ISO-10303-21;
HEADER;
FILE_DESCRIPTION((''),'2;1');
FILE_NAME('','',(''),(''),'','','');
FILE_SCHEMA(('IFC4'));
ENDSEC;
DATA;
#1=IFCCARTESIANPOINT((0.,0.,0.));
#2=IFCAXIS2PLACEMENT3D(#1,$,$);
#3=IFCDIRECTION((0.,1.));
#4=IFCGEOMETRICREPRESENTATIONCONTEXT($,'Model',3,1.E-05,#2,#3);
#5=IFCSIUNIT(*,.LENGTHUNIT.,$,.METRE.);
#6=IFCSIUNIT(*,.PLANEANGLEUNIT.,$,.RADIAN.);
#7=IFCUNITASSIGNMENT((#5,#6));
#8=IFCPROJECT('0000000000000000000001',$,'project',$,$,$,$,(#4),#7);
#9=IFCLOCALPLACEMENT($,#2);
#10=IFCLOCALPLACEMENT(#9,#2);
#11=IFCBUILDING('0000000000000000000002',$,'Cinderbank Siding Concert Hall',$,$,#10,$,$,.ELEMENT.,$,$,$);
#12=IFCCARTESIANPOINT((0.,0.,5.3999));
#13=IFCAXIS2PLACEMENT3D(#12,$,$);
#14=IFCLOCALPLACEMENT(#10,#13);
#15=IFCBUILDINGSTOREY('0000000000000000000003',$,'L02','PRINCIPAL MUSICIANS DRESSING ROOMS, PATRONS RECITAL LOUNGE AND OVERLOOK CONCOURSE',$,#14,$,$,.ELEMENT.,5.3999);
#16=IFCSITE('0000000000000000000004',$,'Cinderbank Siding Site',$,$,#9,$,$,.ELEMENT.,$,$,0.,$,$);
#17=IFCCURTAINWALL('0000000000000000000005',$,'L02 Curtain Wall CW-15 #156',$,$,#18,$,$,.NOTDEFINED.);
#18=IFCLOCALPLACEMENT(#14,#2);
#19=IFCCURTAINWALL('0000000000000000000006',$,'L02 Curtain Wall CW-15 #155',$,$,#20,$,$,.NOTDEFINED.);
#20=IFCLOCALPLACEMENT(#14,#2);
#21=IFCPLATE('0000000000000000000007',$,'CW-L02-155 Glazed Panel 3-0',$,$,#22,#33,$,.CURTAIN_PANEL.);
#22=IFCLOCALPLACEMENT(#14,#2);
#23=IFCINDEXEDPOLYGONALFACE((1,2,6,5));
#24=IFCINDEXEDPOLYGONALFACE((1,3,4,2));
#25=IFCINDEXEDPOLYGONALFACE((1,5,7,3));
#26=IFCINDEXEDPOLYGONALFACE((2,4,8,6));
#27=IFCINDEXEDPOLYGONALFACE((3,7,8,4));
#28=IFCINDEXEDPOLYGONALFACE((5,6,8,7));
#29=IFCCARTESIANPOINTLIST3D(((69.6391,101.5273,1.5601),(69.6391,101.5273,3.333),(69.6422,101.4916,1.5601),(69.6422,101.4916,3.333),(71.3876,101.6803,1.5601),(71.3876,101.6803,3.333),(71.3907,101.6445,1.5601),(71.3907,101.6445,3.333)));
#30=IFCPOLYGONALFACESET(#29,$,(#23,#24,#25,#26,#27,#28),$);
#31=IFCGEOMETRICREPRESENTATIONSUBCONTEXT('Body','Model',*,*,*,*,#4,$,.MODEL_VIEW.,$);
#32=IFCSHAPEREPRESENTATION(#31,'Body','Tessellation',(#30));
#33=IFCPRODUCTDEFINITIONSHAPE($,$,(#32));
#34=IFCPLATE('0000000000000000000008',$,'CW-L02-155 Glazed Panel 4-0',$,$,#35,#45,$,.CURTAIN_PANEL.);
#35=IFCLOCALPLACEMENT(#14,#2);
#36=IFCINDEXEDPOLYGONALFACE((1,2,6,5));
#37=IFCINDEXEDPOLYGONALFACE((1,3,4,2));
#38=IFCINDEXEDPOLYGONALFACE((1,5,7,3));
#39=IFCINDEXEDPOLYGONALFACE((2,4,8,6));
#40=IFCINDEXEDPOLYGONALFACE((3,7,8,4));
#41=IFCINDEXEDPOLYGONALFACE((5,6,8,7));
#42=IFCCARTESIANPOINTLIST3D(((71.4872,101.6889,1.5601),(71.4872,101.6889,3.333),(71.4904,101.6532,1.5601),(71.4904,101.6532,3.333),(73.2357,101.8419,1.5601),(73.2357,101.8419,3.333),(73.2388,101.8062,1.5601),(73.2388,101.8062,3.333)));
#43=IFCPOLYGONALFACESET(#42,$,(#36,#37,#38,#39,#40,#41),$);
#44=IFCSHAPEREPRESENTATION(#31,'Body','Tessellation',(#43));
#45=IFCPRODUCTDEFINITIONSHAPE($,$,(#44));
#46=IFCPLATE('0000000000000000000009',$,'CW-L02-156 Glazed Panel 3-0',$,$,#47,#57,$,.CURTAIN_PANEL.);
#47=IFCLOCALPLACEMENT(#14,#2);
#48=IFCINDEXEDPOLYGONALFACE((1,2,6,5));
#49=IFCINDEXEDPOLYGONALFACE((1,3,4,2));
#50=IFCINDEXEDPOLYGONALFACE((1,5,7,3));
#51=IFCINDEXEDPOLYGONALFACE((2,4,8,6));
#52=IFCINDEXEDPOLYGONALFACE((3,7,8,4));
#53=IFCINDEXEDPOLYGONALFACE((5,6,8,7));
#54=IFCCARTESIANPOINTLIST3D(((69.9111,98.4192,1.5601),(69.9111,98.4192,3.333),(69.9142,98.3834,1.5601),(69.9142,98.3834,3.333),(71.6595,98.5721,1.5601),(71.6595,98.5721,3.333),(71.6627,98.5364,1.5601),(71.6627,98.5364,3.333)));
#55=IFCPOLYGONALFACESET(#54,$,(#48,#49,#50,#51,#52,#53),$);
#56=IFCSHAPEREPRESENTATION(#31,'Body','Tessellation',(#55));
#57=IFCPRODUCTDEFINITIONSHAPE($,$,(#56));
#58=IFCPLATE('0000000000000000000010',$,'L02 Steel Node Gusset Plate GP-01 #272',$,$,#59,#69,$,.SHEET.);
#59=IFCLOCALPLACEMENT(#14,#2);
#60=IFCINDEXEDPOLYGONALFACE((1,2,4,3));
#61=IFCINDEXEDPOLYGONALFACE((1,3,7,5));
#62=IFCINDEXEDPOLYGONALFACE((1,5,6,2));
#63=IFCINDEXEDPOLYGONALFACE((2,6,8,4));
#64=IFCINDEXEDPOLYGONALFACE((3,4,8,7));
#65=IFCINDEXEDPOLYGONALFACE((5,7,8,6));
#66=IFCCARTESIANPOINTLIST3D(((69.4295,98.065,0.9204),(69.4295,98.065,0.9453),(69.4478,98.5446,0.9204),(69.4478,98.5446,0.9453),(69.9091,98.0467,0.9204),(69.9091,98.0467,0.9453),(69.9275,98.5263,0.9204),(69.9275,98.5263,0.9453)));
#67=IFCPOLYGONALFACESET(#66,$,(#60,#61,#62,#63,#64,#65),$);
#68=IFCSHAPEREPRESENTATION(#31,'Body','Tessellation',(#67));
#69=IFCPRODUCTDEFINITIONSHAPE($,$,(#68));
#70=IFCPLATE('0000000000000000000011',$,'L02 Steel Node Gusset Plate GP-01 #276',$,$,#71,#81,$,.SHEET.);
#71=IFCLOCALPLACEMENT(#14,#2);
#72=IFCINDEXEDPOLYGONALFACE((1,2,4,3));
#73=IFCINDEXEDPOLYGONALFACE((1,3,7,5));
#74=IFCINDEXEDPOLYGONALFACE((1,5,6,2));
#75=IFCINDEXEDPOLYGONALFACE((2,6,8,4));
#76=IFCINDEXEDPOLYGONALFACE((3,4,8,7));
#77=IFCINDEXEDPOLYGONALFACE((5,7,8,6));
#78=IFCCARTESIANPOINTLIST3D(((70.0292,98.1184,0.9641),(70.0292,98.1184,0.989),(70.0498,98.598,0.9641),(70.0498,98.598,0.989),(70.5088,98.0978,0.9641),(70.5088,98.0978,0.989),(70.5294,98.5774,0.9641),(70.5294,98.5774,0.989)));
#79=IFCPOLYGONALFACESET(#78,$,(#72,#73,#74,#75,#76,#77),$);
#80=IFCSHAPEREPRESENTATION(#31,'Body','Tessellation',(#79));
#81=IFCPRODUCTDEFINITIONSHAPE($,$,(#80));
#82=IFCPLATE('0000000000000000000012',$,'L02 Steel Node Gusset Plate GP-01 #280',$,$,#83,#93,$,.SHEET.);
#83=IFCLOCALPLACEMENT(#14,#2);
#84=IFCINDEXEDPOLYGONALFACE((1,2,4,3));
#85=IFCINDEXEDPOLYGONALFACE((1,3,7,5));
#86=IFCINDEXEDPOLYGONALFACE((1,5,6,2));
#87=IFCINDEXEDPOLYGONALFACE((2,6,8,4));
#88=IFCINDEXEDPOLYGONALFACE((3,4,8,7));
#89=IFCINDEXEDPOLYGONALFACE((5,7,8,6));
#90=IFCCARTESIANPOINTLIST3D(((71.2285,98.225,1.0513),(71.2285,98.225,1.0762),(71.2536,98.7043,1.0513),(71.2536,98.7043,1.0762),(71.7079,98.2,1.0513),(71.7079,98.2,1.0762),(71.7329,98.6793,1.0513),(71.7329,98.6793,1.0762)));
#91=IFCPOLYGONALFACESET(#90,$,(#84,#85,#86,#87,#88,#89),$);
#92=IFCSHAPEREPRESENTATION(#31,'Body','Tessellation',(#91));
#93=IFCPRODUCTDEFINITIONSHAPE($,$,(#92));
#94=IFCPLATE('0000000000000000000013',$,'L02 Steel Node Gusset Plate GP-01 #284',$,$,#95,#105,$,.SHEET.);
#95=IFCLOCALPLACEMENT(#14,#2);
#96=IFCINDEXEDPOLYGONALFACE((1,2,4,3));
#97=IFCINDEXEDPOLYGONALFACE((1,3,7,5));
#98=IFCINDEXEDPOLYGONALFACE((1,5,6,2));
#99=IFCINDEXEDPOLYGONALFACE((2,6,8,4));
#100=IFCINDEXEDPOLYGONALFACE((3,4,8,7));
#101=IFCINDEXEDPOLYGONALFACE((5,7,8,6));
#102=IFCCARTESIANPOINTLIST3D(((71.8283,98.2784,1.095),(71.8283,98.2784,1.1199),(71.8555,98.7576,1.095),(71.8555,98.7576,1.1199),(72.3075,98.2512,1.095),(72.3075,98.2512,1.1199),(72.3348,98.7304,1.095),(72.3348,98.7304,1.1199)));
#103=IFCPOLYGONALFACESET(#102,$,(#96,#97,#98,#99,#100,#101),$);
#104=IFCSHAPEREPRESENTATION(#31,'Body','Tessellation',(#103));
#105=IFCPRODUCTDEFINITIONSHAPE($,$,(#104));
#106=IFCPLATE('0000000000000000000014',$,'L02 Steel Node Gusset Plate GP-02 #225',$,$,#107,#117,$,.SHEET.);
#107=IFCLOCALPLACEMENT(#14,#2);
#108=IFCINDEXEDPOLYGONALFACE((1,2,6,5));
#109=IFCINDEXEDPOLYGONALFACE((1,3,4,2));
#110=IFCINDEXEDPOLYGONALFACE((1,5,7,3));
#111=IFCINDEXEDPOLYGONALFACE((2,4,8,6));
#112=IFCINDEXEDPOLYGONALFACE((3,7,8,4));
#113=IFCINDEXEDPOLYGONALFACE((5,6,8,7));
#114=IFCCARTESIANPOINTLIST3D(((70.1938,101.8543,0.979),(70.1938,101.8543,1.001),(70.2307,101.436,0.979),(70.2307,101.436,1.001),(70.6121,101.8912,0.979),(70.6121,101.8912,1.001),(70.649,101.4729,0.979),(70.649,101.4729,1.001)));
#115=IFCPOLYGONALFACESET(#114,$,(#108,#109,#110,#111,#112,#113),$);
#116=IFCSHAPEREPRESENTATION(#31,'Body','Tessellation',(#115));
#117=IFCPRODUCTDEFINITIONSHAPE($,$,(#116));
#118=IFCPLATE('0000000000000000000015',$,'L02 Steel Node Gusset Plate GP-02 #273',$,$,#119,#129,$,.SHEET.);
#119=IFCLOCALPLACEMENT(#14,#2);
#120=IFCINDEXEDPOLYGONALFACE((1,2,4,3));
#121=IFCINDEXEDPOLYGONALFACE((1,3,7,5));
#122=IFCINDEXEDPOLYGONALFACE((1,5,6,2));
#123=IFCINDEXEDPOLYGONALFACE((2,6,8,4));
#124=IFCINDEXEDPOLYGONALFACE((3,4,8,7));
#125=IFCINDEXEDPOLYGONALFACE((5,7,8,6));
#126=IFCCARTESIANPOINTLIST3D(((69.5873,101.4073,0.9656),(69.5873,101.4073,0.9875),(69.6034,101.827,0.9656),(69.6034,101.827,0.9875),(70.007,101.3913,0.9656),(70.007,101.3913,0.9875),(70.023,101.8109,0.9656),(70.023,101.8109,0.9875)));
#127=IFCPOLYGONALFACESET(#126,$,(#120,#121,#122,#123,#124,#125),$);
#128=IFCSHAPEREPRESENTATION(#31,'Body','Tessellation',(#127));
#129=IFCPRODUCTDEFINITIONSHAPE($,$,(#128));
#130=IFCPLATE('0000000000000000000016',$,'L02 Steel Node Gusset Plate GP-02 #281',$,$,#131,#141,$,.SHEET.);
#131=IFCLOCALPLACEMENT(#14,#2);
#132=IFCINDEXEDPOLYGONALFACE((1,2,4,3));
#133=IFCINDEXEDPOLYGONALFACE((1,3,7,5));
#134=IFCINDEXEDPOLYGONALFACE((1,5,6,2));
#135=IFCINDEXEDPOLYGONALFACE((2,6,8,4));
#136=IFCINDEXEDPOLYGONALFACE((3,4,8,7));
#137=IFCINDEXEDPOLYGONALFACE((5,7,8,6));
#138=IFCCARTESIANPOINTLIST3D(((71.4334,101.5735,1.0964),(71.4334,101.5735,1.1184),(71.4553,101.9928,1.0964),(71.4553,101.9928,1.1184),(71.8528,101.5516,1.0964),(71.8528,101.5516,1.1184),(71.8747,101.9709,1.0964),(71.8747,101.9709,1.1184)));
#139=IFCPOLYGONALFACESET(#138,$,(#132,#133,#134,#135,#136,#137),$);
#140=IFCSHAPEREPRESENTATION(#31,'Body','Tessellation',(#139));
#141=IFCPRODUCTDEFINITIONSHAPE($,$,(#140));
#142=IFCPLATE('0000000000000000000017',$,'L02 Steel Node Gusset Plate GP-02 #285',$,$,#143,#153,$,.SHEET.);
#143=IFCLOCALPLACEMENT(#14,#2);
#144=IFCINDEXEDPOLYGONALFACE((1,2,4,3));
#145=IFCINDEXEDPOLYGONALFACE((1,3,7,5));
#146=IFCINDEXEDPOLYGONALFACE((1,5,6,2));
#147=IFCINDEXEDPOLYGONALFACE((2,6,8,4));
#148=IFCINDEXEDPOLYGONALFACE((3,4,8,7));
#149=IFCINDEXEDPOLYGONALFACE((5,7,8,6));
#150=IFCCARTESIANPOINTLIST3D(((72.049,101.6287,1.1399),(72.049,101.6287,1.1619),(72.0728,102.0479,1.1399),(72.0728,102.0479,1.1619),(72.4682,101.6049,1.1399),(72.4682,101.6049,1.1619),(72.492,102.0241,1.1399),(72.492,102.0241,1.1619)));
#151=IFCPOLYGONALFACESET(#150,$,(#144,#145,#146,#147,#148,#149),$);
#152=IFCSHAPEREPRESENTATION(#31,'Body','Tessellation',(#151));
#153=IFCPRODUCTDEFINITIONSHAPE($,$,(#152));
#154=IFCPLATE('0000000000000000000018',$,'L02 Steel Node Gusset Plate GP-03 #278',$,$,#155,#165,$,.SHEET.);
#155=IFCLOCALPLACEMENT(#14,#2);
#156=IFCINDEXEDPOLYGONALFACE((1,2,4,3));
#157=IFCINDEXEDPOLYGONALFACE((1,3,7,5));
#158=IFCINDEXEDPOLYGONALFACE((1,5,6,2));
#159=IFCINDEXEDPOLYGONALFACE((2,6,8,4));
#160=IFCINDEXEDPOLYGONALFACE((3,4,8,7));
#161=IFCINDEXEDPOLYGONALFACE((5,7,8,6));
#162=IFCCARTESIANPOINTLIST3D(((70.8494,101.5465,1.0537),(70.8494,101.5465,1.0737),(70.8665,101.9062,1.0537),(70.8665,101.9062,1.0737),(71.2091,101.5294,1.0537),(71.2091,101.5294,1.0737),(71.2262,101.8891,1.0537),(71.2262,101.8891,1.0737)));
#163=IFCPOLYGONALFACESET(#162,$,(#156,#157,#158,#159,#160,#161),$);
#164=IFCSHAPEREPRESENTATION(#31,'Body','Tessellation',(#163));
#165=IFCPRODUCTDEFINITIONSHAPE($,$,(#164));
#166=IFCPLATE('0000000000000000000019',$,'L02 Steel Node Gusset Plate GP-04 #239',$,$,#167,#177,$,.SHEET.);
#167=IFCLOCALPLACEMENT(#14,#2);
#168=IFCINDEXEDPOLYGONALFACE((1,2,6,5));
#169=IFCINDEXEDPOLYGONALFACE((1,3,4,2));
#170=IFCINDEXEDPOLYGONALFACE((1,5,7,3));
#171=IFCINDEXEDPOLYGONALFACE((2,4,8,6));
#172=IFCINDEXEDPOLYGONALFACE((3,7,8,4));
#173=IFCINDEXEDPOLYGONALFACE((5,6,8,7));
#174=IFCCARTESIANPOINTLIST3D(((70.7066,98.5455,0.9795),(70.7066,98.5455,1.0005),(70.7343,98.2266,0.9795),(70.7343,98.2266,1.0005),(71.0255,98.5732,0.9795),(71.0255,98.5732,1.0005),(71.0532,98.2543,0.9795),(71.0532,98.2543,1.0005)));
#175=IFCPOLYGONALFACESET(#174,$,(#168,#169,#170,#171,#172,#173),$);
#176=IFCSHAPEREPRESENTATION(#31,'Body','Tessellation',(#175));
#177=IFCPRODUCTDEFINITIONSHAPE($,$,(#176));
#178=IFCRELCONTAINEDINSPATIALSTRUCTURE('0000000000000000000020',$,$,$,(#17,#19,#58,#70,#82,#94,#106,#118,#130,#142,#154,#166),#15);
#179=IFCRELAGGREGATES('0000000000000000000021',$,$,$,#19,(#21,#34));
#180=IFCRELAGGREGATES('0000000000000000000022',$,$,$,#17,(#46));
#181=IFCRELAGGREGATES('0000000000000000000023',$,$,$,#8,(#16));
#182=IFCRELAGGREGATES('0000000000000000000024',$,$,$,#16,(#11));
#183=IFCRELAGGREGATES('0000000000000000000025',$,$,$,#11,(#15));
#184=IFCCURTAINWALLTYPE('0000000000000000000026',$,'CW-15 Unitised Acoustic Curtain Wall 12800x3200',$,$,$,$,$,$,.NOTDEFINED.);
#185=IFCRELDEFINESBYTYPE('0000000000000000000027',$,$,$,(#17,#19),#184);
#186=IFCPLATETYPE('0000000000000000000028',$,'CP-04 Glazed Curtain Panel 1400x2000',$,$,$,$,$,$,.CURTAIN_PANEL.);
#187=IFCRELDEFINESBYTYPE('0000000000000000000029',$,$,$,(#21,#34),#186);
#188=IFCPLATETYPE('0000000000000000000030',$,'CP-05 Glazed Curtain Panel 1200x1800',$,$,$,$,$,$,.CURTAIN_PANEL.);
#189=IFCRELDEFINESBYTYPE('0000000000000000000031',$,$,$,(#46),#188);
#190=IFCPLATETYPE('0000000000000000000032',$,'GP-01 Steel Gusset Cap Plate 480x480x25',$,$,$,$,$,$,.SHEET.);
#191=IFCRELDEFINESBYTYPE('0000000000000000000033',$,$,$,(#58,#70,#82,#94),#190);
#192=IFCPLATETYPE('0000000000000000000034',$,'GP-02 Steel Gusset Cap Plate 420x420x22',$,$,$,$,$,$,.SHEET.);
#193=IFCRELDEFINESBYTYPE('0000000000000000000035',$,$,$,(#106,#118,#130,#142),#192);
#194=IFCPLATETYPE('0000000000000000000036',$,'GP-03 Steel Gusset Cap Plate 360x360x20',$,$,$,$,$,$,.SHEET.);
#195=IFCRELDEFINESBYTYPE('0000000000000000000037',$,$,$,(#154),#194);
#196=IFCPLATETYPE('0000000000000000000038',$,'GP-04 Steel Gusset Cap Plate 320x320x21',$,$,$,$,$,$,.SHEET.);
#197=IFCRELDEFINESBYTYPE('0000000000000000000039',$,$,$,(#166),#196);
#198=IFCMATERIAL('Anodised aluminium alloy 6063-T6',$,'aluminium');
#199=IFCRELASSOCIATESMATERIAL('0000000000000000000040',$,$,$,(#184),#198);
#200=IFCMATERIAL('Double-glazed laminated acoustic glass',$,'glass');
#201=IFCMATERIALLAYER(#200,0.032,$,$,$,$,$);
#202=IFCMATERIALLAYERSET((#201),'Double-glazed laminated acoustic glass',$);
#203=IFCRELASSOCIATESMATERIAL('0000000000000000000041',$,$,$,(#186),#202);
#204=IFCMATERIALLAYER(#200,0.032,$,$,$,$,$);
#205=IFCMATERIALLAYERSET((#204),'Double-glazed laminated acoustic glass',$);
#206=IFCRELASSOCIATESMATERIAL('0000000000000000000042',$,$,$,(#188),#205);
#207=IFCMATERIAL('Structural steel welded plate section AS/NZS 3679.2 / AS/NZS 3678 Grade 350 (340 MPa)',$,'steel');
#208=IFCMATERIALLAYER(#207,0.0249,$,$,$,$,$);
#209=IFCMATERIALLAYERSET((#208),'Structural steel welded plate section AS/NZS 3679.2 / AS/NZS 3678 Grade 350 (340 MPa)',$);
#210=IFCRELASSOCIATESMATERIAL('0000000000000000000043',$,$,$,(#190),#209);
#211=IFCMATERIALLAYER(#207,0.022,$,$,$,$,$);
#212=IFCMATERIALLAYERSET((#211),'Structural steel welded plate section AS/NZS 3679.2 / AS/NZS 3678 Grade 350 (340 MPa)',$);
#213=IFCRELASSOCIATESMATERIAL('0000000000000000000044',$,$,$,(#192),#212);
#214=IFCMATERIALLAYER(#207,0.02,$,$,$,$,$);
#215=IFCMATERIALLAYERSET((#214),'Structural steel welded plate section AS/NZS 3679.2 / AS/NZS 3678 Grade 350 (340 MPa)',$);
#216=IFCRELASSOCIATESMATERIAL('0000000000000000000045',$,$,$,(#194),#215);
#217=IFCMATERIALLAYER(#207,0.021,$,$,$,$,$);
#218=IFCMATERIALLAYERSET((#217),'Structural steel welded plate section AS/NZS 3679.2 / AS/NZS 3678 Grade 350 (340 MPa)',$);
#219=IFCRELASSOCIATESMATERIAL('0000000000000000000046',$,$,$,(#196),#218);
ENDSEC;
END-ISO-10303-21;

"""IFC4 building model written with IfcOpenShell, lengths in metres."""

from ifc_helpers import new_model, si_unit, direction, frame, origin, origin_2d, place, context, subcontext, project, spatial, rectangle, extrude, material, layer, layer_set, type_object, element, aggregate, save


model = new_model("IFC4")

# Units and contexts
model_context = context("Model", 3, precision=1e-05, world=origin(), true_north=direction((0.0, 1.0)))
body_context = subcontext(model_context, "Body", "Model", "MODEL_VIEW")
ifc_project = project(units=[si_unit("LENGTHUNIT", "METRE"), si_unit("PLANEANGLEUNIT", "RADIAN")], contexts=[model_context])

# Site, building, storey
site_placement = place(None, origin())
site = spatial("IfcSite", under=ifc_project, at=site_placement, Name="Cinderbank Siding Site", CompositionType="ELEMENT", RefElevation=0.0)
building_placement = place(site_placement, origin())
building = spatial("IfcBuilding", under=site, at=building_placement, Name="Cinderbank Siding Concert Hall", CompositionType="ELEMENT")
storey_placement = place(building_placement, frame((0.0, 0.0, 5.3999)))
storey = spatial("IfcBuildingStorey", under=building, at=storey_placement, Name="L02", Description="PRINCIPAL MUSICIANS DRESSING ROOMS, PATRONS RECITAL LOUNGE AND OVERLOOK CONCOURSE", CompositionType="ELEMENT", Elevation=5.3999)

# Curtain wall
ifc_material_1 = material(Name="Anodised aluminium alloy 6063-T6", Category="aluminium")
curtain_wall_type = type_object("IfcCurtainWallType", Name="CW-15 Unitised Acoustic Curtain Wall 12800x3200", PredefinedType="NOTDEFINED", material=ifc_material_1)
curtain_wall_1_placement = place(storey_placement, origin())
curtain_wall_1 = element("IfcCurtainWall", 1, at=curtain_wall_1_placement, inside=storey, type_object=curtain_wall_type, Name="L02 Curtain Wall CW-15 #156", PredefinedType="NOTDEFINED")

# Curtain wall
curtain_wall_2_placement = place(storey_placement, origin())
curtain_wall_2 = element("IfcCurtainWall", 2, at=curtain_wall_2_placement, inside=storey, type_object=curtain_wall_type, Name="L02 Curtain Wall CW-15 #155", PredefinedType="NOTDEFINED")

# Plates
ifc_material_2 = material(Name="Double-glazed laminated acoustic glass", Category="glass")
ifc_layer_1 = layer(ifc_material_2, 0.032)
ifc_layer_set_1 = layer_set([ifc_layer_1], Name="Double-glazed laminated acoustic glass")
plate_type_1 = type_object("IfcPlateType", Name="CP-04 Glazed Curtain Panel 1400x2000", PredefinedType="CURTAIN_PANEL", material=ifc_layer_set_1)
plate_1_placement = place(storey_placement, frame((70.5149, 101.5859, 1.5601), z_axis=(0.0, 0.0, 1.0), x_axis=(0.996195, 0.087157, 0.0)))
plate_1 = element("IfcPlate", 3, at=plate_1_placement, type_object=plate_type_1, Name="CW-L02-155 Glazed Panel 3-0", PredefinedType="CURTAIN_PANEL", context=body_context, shape_type="SweptSolid", body=[
    extrude(rectangle(XDim=1.7551, YDim=0.0359, at=origin_2d()), origin(), (0.0, 0.0, 1.0), 1.7729),
])
plate_2_placement = place(storey_placement, frame((72.363, 101.7476, 1.5601), z_axis=(0.0, 0.0, 1.0), x_axis=(0.996195, 0.087157, 0.0)))
plate_2 = element("IfcPlate", 4, at=plate_2_placement, type_object=plate_type_1, Name="CW-L02-155 Glazed Panel 4-0", PredefinedType="CURTAIN_PANEL", context=body_context, shape_type="SweptSolid", body=[
    extrude(rectangle(XDim=1.7551, YDim=0.0359, at=origin_2d()), origin(), (0.0, 0.0, 1.0), 1.7729),
])
aggregate(curtain_wall_2, [plate_1, plate_2])
ifc_layer_2 = layer(ifc_material_2, 0.032)
ifc_layer_set_2 = layer_set([ifc_layer_2], Name="Double-glazed laminated acoustic glass")
plate_type_2 = type_object("IfcPlateType", Name="CP-05 Glazed Curtain Panel 1200x1800", PredefinedType="CURTAIN_PANEL", material=ifc_layer_set_2)
plate_3_placement = place(storey_placement, frame((70.7869, 98.4778, 1.5601), z_axis=(0.0, 0.0, 1.0), x_axis=(0.996195, 0.087157, 0.0)))
plate_3 = element("IfcPlate", 5, at=plate_3_placement, type_object=plate_type_2, Name="CW-L02-156 Glazed Panel 3-0", PredefinedType="CURTAIN_PANEL", context=body_context, shape_type="SweptSolid", body=[
    extrude(rectangle(XDim=1.7551, YDim=0.0359, at=origin_2d()), origin(), (0.0, 0.0, 1.0), 1.7729),
])
aggregate(curtain_wall_1, [plate_3])

# Plates
ifc_material_3 = material(Name="Structural steel welded plate section AS/NZS 3679.2 / AS/NZS 3678 Grade 350 (340 MPa)", Category="steel")
ifc_layer_3 = layer(ifc_material_3, 0.0249)
ifc_layer_set_3 = layer_set([ifc_layer_3], Name="Structural steel welded plate section AS/NZS 3679.2 / AS/NZS 3678 Grade 350 (340 MPa)")
plate_type_3 = type_object("IfcPlateType", Name="GP-01 Steel Gusset Cap Plate 480x480x25", PredefinedType="SHEET", material=ifc_layer_set_3)
for number, where, z_axis, x_axis, name in (
    (6, (69.6785, 98.2957, 0.9204), (0.0, 0.0, 1.0), (0.038213, 0.99927, 0.0), "L02 Steel Node Gusset Plate GP-01 #272"),
    (7, (70.2793, 98.3479, 0.9641), (0.0, 0.0, 1.0), (0.042922, 0.999078, 0.0), "L02 Steel Node Gusset Plate GP-01 #276"),
    (8, (71.4807, 98.4521, 1.0513), (0.0, 0.0, 1.0), (0.052162, 0.998639, 0.0), "L02 Steel Node Gusset Plate GP-01 #280"),
    (9, (72.0815, 98.5044, 1.095), (0.0, 0.0, 1.0), (0.056693, 0.998392, 0.0), "L02 Steel Node Gusset Plate GP-01 #284"),
):
    element("IfcPlate", number, at=place(storey_placement, frame(where, z_axis=z_axis, x_axis=x_axis)), inside=storey, type_object=plate_type_3, Name=name, PredefinedType="SHEET", context=body_context, shape_type="SweptSolid", body=[
        extrude(rectangle(XDim=0.48, YDim=0.48, at=origin_2d()), origin(), (0.0, 0.0, 1.0), 0.0249),
    ])
ifc_layer_4 = layer(ifc_material_3, 0.022)
ifc_layer_set_4 = layer_set([ifc_layer_4], Name="Structural steel welded plate section AS/NZS 3679.2 / AS/NZS 3678 Grade 350 (340 MPa)")
plate_type_4 = type_object("IfcPlateType", Name="GP-02 Steel Gusset Cap Plate 420x420x22", PredefinedType="SHEET", material=ifc_layer_set_4)
for number, where, z_axis, x_axis, name in (
    (10, (70.4214, 101.6636, 0.979), (0.0, 0.0, 1.0), (0.996134, 0.087851, 0.0), "L02 Steel Node Gusset Plate GP-02 #225"),
    (11, (69.8052, 101.6091, 0.9656), (0.0, 0.0, 1.0), (0.038213, 0.99927, 0.0), "L02 Steel Node Gusset Plate GP-02 #273"),
    (12, (71.6541, 101.7722, 1.0964), (0.0, 0.0, 1.0), (0.052162, 0.998639, 0.0), "L02 Steel Node Gusset Plate GP-02 #281"),
    (13, (72.2705, 101.8264, 1.1399), (0.0, 0.0, 1.0), (0.056693, 0.998392, 0.0), "L02 Steel Node Gusset Plate GP-02 #285"),
):
    element("IfcPlate", number, at=place(storey_placement, frame(where, z_axis=z_axis, x_axis=x_axis)), inside=storey, type_object=plate_type_4, Name=name, PredefinedType="SHEET", context=body_context, shape_type="SweptSolid", body=[
        extrude(rectangle(XDim=0.4199, YDim=0.4199, at=origin_2d()), origin(), (0.0, 0.0, 1.0), 0.022),
    ])
ifc_layer_5 = layer(ifc_material_3, 0.02)
ifc_layer_set_5 = layer_set([ifc_layer_5], Name="Structural steel welded plate section AS/NZS 3679.2 / AS/NZS 3678 Grade 350 (340 MPa)")
plate_type_5 = type_object("IfcPlateType", Name="GP-03 Steel Gusset Cap Plate 360x360x20", PredefinedType="SHEET", material=ifc_layer_set_5)
plate_4_placement = place(storey_placement, frame((71.0378, 101.7178, 1.0537), z_axis=(0.0, 0.0, 1.0), x_axis=(0.047455, 0.998873, 0.0)))
element("IfcPlate", 14, at=plate_4_placement, inside=storey, type_object=plate_type_5, Name="L02 Steel Node Gusset Plate GP-03 #278", PredefinedType="SHEET", context=body_context, shape_type="SweptSolid", body=[
    extrude(rectangle(XDim=0.3601, YDim=0.3601, at=origin_2d()), origin(), (0.0, 0.0, 1.0), 0.02),
])
ifc_layer_6 = layer(ifc_material_3, 0.021)
ifc_layer_set_6 = layer_set([ifc_layer_6], Name="Structural steel welded plate section AS/NZS 3679.2 / AS/NZS 3678 Grade 350 (340 MPa)")
plate_type_6 = type_object("IfcPlateType", Name="GP-04 Steel Gusset Cap Plate 320x320x21", PredefinedType="SHEET", material=ifc_layer_set_6)
plate_5_placement = place(storey_placement, frame((70.8799, 98.3999, 0.9795), z_axis=(0.0, 0.0, 1.0), x_axis=(0.996255, 0.08646, 0.0)))
element("IfcPlate", 15, at=plate_5_placement, inside=storey, type_object=plate_type_6, Name="L02 Steel Node Gusset Plate GP-04 #239", PredefinedType="SHEET", context=body_context, shape_type="SweptSolid", body=[
    extrude(rectangle(XDim=0.3201, YDim=0.3201, at=origin_2d()), origin(), (0.0, 0.0, 1.0), 0.021),
])

save(model, "model.ifc")
